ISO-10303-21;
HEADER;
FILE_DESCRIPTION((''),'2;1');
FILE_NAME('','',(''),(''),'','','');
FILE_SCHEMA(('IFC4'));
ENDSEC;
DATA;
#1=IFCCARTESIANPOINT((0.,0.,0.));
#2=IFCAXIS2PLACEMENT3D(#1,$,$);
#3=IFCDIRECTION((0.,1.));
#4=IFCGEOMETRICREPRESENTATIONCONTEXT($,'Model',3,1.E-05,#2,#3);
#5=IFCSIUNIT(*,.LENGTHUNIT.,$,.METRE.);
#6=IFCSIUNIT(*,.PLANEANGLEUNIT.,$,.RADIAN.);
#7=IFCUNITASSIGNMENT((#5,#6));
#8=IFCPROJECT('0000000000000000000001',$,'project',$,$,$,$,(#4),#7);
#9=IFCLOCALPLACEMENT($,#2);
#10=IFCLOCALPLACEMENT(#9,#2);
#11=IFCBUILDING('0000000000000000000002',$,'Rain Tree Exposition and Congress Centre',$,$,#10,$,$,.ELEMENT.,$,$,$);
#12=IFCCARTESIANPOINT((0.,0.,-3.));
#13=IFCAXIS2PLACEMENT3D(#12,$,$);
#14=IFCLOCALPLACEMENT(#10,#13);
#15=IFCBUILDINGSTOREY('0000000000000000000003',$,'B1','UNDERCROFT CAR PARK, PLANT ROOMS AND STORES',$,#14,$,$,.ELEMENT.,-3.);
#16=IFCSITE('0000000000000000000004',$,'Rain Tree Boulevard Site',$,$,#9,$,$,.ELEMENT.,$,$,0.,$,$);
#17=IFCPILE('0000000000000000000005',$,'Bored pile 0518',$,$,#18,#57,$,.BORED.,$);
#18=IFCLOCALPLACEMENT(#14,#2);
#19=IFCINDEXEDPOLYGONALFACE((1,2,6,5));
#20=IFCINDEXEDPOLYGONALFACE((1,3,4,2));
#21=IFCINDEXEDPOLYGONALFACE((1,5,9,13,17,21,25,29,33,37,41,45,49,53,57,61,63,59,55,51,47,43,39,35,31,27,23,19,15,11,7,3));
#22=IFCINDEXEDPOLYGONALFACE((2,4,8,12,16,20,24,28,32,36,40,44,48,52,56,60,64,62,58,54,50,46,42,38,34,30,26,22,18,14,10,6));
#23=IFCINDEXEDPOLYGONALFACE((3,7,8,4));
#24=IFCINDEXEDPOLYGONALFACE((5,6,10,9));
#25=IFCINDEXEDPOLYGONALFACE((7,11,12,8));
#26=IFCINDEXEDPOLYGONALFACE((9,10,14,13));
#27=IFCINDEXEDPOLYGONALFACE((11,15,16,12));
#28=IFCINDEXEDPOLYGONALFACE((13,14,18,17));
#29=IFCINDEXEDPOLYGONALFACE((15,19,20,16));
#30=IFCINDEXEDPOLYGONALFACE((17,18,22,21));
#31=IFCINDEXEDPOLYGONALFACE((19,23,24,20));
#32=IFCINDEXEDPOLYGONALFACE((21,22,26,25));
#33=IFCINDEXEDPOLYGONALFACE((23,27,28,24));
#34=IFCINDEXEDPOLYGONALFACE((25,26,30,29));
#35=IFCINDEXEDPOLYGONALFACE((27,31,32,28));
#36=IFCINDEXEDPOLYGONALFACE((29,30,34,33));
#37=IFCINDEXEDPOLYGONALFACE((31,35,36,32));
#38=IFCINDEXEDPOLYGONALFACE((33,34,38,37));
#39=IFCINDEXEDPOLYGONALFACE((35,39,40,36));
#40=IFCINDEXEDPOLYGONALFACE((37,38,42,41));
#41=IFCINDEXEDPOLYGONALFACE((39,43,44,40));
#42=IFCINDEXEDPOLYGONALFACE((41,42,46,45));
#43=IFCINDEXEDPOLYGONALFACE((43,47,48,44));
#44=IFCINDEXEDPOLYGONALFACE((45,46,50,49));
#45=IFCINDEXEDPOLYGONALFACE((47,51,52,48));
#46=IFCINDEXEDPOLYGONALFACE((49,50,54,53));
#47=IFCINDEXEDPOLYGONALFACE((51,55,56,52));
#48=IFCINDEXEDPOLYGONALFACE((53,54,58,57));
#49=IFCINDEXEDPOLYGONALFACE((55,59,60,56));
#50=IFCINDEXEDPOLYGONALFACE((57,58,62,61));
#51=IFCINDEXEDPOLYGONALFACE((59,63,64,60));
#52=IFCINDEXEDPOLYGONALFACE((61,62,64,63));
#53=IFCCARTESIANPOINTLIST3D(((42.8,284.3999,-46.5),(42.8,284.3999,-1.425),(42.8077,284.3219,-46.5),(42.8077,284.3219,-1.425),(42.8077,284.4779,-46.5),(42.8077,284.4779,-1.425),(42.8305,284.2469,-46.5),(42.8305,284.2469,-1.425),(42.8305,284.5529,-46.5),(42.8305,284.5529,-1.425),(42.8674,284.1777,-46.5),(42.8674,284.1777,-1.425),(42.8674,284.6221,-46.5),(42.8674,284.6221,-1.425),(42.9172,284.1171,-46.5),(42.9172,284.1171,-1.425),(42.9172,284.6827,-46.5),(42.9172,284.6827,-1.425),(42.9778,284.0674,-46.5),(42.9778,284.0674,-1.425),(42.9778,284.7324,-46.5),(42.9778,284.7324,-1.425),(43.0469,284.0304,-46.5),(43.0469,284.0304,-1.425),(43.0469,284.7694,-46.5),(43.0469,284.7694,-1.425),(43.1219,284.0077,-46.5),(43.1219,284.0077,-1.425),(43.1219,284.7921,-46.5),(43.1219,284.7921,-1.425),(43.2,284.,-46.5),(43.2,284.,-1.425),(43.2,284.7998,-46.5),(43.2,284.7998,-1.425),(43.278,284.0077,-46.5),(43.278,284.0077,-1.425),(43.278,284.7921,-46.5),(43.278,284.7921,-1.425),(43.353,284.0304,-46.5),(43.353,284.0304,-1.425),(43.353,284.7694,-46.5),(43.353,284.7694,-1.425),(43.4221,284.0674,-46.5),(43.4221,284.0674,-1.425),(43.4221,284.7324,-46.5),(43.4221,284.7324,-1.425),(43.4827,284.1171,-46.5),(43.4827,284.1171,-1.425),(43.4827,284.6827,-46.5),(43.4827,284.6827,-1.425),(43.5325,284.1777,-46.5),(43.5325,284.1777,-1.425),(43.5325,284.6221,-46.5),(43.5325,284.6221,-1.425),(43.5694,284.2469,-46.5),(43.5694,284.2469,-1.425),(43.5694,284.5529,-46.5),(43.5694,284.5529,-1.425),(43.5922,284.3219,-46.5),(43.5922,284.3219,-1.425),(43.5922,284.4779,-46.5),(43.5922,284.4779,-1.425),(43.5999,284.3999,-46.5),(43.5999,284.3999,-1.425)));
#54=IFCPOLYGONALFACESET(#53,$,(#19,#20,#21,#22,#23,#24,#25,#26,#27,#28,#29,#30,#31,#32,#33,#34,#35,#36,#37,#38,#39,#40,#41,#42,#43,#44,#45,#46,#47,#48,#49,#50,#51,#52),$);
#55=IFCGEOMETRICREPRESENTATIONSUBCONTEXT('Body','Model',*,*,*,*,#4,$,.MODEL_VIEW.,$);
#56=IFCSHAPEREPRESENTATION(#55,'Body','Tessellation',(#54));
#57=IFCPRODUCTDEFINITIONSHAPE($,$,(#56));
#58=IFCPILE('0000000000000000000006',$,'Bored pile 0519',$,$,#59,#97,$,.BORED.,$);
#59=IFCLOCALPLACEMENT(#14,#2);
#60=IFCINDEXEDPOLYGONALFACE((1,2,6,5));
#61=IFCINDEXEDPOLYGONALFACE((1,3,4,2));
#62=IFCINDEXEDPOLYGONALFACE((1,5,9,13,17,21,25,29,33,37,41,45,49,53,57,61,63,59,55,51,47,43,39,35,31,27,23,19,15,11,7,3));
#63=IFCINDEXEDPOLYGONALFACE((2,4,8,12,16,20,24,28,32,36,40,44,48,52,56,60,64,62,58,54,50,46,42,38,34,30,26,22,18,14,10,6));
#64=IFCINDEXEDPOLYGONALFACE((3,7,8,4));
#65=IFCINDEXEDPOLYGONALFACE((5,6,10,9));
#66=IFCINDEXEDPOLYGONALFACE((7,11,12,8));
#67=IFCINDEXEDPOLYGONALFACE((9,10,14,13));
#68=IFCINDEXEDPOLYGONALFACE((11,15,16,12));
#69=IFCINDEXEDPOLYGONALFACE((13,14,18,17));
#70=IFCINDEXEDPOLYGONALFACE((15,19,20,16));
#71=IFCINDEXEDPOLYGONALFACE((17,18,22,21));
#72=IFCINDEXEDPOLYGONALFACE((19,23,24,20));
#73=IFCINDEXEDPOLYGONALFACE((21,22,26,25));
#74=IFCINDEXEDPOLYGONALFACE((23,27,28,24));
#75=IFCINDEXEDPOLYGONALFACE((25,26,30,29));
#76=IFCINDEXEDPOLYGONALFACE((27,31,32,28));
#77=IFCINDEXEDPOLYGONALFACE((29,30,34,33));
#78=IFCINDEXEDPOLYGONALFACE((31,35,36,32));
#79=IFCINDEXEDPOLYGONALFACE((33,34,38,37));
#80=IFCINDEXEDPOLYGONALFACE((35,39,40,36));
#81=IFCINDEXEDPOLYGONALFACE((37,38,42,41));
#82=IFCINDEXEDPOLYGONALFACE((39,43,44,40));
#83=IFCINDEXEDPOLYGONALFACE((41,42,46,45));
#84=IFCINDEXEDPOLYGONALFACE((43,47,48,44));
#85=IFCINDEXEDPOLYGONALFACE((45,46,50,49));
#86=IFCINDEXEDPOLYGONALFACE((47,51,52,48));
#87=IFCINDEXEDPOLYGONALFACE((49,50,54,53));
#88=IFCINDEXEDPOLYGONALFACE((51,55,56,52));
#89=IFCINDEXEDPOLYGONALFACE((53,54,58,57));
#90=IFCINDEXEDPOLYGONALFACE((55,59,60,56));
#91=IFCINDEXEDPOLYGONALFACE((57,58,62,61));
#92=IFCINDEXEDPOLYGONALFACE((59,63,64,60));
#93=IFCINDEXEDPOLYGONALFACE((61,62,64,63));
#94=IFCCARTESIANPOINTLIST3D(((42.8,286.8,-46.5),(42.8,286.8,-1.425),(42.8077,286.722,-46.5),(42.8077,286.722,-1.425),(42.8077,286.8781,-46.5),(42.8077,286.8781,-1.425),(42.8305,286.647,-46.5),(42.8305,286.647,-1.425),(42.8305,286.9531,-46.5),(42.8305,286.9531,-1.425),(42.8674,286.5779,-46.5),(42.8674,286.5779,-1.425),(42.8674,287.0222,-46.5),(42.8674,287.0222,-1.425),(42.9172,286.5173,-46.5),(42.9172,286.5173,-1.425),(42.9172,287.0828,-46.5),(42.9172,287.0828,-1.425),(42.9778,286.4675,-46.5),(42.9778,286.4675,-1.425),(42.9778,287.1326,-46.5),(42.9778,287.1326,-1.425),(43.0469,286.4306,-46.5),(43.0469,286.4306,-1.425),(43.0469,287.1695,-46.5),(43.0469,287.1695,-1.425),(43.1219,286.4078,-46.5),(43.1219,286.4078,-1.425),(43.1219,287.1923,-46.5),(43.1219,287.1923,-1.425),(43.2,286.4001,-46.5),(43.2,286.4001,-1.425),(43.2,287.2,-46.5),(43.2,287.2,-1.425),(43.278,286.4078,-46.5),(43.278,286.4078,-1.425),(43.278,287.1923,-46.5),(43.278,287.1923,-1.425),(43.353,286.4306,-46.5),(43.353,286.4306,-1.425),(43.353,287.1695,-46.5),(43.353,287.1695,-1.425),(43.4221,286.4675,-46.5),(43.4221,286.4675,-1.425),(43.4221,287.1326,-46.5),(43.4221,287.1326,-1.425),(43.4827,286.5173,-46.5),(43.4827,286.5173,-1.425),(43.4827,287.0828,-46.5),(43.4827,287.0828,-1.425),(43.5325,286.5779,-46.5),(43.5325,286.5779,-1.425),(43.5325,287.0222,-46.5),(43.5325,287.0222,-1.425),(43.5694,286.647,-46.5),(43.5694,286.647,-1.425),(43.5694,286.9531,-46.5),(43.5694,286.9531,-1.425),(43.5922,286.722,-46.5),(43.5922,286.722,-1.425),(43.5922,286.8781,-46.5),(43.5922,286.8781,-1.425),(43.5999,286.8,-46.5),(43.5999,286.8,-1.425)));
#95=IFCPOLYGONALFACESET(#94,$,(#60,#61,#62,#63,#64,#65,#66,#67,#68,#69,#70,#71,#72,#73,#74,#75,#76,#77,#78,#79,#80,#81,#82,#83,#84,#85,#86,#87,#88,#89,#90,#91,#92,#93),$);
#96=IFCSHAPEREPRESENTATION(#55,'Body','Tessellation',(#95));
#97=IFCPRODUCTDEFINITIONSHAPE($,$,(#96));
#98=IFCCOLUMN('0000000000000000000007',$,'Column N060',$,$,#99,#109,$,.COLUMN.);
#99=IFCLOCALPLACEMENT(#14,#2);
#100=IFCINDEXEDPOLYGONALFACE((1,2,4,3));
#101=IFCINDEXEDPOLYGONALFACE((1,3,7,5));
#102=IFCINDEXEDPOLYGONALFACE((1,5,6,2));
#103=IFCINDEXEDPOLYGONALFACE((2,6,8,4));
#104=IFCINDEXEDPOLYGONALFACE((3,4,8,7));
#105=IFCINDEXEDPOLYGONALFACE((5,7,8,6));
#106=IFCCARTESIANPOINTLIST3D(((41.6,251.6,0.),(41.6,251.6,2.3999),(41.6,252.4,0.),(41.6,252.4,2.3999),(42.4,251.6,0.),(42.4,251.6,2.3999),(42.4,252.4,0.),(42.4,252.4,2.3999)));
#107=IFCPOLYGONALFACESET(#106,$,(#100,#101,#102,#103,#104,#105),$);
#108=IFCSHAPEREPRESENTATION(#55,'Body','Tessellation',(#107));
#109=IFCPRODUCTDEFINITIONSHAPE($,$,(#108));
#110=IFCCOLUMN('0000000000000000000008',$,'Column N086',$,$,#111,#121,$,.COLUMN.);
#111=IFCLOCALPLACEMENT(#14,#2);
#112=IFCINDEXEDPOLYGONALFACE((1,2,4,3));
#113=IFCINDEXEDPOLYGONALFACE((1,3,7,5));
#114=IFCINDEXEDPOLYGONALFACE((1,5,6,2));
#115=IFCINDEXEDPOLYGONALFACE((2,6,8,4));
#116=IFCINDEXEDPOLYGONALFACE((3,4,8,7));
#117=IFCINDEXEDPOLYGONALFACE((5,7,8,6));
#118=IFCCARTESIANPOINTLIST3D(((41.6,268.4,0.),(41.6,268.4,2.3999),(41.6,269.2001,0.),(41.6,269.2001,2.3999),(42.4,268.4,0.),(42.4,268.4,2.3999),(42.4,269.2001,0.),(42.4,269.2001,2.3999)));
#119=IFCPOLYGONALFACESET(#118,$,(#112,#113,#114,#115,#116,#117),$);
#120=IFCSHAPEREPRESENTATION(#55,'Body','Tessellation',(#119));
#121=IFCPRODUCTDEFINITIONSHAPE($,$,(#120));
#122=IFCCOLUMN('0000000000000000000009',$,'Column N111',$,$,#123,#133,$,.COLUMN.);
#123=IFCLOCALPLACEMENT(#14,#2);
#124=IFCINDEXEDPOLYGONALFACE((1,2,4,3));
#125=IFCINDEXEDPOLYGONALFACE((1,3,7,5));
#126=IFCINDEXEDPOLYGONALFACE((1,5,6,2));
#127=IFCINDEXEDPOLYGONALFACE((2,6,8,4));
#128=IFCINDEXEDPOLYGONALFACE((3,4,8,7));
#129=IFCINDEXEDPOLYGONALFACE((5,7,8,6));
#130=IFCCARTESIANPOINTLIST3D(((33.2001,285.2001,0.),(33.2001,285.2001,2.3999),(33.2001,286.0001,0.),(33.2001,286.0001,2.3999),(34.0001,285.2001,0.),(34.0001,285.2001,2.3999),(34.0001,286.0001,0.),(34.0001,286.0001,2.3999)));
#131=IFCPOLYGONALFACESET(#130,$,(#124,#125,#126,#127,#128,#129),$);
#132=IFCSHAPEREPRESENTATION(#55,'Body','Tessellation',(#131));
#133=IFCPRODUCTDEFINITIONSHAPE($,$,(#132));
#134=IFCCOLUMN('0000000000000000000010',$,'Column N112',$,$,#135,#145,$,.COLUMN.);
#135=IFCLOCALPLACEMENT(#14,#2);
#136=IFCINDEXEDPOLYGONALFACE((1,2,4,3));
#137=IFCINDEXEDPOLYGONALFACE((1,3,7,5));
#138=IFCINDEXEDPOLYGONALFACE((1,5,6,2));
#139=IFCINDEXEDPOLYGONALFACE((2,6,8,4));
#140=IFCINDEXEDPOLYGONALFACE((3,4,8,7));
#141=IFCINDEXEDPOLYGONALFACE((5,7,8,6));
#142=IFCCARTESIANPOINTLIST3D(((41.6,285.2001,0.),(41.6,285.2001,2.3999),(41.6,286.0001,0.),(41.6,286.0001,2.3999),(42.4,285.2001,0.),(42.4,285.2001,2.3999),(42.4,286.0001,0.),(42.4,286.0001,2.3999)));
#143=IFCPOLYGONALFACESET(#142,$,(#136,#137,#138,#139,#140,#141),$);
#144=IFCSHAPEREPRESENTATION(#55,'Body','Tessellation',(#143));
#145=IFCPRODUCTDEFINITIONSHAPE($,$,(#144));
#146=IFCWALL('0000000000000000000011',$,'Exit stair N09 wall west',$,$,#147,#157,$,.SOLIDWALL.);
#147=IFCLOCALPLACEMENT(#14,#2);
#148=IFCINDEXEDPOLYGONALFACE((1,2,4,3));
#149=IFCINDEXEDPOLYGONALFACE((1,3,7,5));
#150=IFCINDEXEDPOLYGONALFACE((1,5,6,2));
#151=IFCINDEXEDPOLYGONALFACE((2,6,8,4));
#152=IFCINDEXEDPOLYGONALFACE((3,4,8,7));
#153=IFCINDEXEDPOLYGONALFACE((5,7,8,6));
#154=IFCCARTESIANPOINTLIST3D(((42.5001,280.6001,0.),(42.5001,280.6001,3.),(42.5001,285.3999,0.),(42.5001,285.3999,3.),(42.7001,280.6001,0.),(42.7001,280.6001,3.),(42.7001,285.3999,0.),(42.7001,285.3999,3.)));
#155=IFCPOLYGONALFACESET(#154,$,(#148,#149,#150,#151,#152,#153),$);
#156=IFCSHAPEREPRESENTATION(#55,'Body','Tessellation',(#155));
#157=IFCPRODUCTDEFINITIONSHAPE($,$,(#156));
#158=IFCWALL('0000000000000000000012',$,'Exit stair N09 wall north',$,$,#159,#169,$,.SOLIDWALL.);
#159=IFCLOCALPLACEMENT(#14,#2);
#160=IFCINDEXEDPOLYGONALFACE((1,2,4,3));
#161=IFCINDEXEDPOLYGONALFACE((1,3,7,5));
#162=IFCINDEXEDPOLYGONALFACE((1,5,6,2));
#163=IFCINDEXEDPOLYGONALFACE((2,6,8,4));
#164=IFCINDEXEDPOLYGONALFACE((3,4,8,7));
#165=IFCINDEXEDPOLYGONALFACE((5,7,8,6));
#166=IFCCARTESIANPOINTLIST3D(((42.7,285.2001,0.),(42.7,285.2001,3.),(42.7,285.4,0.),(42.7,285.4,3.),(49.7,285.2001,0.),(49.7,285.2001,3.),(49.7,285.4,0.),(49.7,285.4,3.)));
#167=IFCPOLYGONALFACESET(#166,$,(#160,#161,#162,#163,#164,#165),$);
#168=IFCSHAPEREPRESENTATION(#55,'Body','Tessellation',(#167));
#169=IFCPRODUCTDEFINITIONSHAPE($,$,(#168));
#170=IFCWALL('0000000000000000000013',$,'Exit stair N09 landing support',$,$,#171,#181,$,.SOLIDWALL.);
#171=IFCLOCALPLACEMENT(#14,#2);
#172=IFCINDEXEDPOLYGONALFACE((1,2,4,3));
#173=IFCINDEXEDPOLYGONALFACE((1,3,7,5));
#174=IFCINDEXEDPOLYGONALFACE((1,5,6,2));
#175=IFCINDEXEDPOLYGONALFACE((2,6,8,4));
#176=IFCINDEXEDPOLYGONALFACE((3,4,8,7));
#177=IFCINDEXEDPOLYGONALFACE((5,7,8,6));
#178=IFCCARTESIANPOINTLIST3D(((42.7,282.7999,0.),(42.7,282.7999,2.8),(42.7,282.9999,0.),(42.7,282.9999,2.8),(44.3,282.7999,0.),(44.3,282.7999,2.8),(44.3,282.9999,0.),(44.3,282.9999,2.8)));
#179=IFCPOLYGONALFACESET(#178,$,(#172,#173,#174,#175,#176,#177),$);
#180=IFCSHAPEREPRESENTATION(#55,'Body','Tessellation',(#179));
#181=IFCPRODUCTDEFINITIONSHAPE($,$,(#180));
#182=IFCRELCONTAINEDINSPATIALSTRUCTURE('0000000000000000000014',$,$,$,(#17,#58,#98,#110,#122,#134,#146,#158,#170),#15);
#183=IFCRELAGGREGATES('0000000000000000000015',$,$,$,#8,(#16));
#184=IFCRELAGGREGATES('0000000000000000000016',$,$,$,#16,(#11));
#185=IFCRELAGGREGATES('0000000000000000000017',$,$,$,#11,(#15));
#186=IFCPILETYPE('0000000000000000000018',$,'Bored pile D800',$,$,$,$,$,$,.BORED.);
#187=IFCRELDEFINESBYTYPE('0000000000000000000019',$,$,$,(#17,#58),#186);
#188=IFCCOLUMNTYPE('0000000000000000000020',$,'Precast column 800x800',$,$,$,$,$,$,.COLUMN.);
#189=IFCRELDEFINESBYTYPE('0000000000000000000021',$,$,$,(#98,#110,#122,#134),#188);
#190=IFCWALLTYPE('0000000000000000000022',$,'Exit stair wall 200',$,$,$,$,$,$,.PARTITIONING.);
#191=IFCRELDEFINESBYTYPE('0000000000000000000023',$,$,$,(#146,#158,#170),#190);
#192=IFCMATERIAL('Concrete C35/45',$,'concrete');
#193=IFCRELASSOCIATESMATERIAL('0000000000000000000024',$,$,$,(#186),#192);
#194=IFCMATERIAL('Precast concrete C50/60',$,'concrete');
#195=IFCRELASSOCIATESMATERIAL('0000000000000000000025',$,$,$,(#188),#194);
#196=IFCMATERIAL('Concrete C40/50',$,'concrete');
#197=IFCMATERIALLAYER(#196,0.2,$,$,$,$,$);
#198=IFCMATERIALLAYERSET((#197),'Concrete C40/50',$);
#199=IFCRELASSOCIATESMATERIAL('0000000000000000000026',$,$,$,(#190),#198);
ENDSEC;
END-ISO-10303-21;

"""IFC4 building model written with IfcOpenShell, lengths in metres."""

from ifc_helpers import new_model, si_unit, direction, frame, frame_2d, origin, origin_2d, place, context, subcontext, project, spatial, rectangle, circle, extrude, material, layer, layer_set, material_profile, profile_set, type_object, element, save


model = new_model("IFC4")

# Units and contexts
model_context = context("Model", 3, precision=1e-05, world=origin(), true_north=direction((0.0, 1.0)))
body_context = subcontext(model_context, "Body", "Model", "MODEL_VIEW")
ifc_project = project(units=[si_unit("LENGTHUNIT", "METRE"), si_unit("PLANEANGLEUNIT", "RADIAN")], contexts=[model_context])

# Site, building, storey
site_placement = place(None, origin())
site = spatial("IfcSite", under=ifc_project, at=site_placement, Name="Rain Tree Boulevard Site", CompositionType="ELEMENT", RefElevation=0.0)
building_placement = place(site_placement, origin())
building = spatial("IfcBuilding", under=site, at=building_placement, Name="Rain Tree Exposition and Congress Centre", CompositionType="ELEMENT")
storey_placement = place(building_placement, frame((0.0, 0.0, -3.0)))
storey = spatial("IfcBuildingStorey", under=building, at=storey_placement, Name="B1", Description="UNDERCROFT CAR PARK, PLANT ROOMS AND STORES", CompositionType="ELEMENT", Elevation=-3.0)

# Piles
ifc_material_1 = material(Name="Concrete C35/45", Category="concrete")
ifc_material_profile_1 = material_profile(ifc_material_1, circle(Radius=0.3999, at=origin_2d()), Name="D800")
ifc_profile_set_1 = profile_set([ifc_material_profile_1], Name="Concrete C35/45")
pile_type_1 = type_object("IfcPileType", Name="Bored pile D800", PredefinedType="BORED", material=ifc_profile_set_1)
for number, where, z_axis, x_axis, name in (
    (1, (43.2, 284.3999, -1.425), (0.0, 0.0, -1.0), (1.0, 0.0, 0.0), "Bored pile 0518"),
    (2, (43.2, 286.8, -1.425), (0.0, 0.0, -1.0), (1.0, 0.0, 0.0), "Bored pile 0519"),
):
    element("IfcPile", number, at=place(storey_placement, frame(where, z_axis=z_axis, x_axis=x_axis)), inside=storey, type_object=pile_type_1, Name=name, PredefinedType="BORED", context=body_context, shape_type="SweptSolid", body=[
        extrude(circle(Radius=0.3999, at=origin_2d()), origin(), (0.0, 0.0, 1.0), 45.075),
    ])

# Columns
ifc_material_2 = material(Name="Precast concrete C50/60", Category="concrete")
ifc_material_profile_2 = material_profile(ifc_material_2, rectangle(XDim=0.8, YDim=0.8, at=origin_2d()), Name="RC 800x800")
ifc_profile_set_2 = profile_set([ifc_material_profile_2], Name="Precast concrete C50/60")
column_type = type_object("IfcColumnType", Name="Precast column 800x800", PredefinedType="COLUMN", material=ifc_profile_set_2)
for number, where, z_axis, x_axis, name in (
    (3, (42.0, 252.0, 0.0), (0.0, 0.0, 1.0), (1.0, 0.0, 0.0), "Column N060"),
    (4, (42.0, 268.8, 0.0), (0.0, 0.0, 1.0), (1.0, 0.0, 0.0), "Column N086"),
    (5, (33.6001, 285.6001, 0.0), (0.0, 0.0, 1.0), (1.0, 0.0, 0.0), "Column N111"),
    (6, (42.0, 285.6001, 0.0), (0.0, 0.0, 1.0), (1.0, 0.0, 0.0), "Column N112"),
):
    element("IfcColumn", number, at=place(storey_placement, frame(where, z_axis=z_axis, x_axis=x_axis)), inside=storey, type_object=column_type, Name=name, PredefinedType="COLUMN", context=body_context, shape_type="SweptSolid", body=[
        extrude(rectangle(XDim=0.8, YDim=0.8, at=origin_2d()), origin(), (0.0, 0.0, 1.0), 2.3999),
    ])

# Wall
ifc_material_3 = material(Name="Concrete C40/50", Category="concrete")
ifc_layer = layer(ifc_material_3, 0.2)
ifc_layer_set = layer_set([ifc_layer], Name="Concrete C40/50")
wall_type = type_object("IfcWallType", Name="Exit stair wall 200", PredefinedType="PARTITIONING", material=ifc_layer_set)
wall_1_placement = place(storey_placement, frame((42.6001, 280.6001, 0.0), z_axis=(0.0, 0.0, 1.0), x_axis=(0.0, 1.0, 0.0)))
element("IfcWall", 7, at=wall_1_placement, inside=storey, type_object=wall_type, Name="Exit stair N09 wall west", PredefinedType="SOLIDWALL", context=body_context, shape_type="SweptSolid", body=[
    extrude(rectangle(XDim=4.7998, YDim=0.2, at=frame_2d((2.3999, 0.0))), origin(), (0.0, 0.0, 1.0), 3.0),
])

# Walls
wall_2_placement = place(storey_placement, frame((42.7, 285.3, 0.0), z_axis=(0.0, 0.0, 1.0), x_axis=(1.0, 0.0, 0.0)))
element("IfcWall", 8, at=wall_2_placement, inside=storey, type_object=wall_type, Name="Exit stair N09 wall north", PredefinedType="SOLIDWALL", context=body_context, shape_type="SweptSolid", body=[
    extrude(rectangle(XDim=7.0, YDim=0.2, at=frame_2d((3.5, 0.0))), origin(), (0.0, 0.0, 1.0), 3.0),
])
wall_3_placement = place(storey_placement, frame((42.7, 282.8999, 0.0), z_axis=(0.0, 0.0, 1.0), x_axis=(1.0, 0.0, 0.0)))
element("IfcWall", 9, at=wall_3_placement, inside=storey, type_object=wall_type, Name="Exit stair N09 landing support", PredefinedType="SOLIDWALL", context=body_context, shape_type="SweptSolid", body=[
    extrude(rectangle(XDim=1.6001, YDim=0.2, at=frame_2d((0.8, 0.0))), origin(), (0.0, 0.0, 1.0), 2.8),
])

save(model, "model.ifc")
